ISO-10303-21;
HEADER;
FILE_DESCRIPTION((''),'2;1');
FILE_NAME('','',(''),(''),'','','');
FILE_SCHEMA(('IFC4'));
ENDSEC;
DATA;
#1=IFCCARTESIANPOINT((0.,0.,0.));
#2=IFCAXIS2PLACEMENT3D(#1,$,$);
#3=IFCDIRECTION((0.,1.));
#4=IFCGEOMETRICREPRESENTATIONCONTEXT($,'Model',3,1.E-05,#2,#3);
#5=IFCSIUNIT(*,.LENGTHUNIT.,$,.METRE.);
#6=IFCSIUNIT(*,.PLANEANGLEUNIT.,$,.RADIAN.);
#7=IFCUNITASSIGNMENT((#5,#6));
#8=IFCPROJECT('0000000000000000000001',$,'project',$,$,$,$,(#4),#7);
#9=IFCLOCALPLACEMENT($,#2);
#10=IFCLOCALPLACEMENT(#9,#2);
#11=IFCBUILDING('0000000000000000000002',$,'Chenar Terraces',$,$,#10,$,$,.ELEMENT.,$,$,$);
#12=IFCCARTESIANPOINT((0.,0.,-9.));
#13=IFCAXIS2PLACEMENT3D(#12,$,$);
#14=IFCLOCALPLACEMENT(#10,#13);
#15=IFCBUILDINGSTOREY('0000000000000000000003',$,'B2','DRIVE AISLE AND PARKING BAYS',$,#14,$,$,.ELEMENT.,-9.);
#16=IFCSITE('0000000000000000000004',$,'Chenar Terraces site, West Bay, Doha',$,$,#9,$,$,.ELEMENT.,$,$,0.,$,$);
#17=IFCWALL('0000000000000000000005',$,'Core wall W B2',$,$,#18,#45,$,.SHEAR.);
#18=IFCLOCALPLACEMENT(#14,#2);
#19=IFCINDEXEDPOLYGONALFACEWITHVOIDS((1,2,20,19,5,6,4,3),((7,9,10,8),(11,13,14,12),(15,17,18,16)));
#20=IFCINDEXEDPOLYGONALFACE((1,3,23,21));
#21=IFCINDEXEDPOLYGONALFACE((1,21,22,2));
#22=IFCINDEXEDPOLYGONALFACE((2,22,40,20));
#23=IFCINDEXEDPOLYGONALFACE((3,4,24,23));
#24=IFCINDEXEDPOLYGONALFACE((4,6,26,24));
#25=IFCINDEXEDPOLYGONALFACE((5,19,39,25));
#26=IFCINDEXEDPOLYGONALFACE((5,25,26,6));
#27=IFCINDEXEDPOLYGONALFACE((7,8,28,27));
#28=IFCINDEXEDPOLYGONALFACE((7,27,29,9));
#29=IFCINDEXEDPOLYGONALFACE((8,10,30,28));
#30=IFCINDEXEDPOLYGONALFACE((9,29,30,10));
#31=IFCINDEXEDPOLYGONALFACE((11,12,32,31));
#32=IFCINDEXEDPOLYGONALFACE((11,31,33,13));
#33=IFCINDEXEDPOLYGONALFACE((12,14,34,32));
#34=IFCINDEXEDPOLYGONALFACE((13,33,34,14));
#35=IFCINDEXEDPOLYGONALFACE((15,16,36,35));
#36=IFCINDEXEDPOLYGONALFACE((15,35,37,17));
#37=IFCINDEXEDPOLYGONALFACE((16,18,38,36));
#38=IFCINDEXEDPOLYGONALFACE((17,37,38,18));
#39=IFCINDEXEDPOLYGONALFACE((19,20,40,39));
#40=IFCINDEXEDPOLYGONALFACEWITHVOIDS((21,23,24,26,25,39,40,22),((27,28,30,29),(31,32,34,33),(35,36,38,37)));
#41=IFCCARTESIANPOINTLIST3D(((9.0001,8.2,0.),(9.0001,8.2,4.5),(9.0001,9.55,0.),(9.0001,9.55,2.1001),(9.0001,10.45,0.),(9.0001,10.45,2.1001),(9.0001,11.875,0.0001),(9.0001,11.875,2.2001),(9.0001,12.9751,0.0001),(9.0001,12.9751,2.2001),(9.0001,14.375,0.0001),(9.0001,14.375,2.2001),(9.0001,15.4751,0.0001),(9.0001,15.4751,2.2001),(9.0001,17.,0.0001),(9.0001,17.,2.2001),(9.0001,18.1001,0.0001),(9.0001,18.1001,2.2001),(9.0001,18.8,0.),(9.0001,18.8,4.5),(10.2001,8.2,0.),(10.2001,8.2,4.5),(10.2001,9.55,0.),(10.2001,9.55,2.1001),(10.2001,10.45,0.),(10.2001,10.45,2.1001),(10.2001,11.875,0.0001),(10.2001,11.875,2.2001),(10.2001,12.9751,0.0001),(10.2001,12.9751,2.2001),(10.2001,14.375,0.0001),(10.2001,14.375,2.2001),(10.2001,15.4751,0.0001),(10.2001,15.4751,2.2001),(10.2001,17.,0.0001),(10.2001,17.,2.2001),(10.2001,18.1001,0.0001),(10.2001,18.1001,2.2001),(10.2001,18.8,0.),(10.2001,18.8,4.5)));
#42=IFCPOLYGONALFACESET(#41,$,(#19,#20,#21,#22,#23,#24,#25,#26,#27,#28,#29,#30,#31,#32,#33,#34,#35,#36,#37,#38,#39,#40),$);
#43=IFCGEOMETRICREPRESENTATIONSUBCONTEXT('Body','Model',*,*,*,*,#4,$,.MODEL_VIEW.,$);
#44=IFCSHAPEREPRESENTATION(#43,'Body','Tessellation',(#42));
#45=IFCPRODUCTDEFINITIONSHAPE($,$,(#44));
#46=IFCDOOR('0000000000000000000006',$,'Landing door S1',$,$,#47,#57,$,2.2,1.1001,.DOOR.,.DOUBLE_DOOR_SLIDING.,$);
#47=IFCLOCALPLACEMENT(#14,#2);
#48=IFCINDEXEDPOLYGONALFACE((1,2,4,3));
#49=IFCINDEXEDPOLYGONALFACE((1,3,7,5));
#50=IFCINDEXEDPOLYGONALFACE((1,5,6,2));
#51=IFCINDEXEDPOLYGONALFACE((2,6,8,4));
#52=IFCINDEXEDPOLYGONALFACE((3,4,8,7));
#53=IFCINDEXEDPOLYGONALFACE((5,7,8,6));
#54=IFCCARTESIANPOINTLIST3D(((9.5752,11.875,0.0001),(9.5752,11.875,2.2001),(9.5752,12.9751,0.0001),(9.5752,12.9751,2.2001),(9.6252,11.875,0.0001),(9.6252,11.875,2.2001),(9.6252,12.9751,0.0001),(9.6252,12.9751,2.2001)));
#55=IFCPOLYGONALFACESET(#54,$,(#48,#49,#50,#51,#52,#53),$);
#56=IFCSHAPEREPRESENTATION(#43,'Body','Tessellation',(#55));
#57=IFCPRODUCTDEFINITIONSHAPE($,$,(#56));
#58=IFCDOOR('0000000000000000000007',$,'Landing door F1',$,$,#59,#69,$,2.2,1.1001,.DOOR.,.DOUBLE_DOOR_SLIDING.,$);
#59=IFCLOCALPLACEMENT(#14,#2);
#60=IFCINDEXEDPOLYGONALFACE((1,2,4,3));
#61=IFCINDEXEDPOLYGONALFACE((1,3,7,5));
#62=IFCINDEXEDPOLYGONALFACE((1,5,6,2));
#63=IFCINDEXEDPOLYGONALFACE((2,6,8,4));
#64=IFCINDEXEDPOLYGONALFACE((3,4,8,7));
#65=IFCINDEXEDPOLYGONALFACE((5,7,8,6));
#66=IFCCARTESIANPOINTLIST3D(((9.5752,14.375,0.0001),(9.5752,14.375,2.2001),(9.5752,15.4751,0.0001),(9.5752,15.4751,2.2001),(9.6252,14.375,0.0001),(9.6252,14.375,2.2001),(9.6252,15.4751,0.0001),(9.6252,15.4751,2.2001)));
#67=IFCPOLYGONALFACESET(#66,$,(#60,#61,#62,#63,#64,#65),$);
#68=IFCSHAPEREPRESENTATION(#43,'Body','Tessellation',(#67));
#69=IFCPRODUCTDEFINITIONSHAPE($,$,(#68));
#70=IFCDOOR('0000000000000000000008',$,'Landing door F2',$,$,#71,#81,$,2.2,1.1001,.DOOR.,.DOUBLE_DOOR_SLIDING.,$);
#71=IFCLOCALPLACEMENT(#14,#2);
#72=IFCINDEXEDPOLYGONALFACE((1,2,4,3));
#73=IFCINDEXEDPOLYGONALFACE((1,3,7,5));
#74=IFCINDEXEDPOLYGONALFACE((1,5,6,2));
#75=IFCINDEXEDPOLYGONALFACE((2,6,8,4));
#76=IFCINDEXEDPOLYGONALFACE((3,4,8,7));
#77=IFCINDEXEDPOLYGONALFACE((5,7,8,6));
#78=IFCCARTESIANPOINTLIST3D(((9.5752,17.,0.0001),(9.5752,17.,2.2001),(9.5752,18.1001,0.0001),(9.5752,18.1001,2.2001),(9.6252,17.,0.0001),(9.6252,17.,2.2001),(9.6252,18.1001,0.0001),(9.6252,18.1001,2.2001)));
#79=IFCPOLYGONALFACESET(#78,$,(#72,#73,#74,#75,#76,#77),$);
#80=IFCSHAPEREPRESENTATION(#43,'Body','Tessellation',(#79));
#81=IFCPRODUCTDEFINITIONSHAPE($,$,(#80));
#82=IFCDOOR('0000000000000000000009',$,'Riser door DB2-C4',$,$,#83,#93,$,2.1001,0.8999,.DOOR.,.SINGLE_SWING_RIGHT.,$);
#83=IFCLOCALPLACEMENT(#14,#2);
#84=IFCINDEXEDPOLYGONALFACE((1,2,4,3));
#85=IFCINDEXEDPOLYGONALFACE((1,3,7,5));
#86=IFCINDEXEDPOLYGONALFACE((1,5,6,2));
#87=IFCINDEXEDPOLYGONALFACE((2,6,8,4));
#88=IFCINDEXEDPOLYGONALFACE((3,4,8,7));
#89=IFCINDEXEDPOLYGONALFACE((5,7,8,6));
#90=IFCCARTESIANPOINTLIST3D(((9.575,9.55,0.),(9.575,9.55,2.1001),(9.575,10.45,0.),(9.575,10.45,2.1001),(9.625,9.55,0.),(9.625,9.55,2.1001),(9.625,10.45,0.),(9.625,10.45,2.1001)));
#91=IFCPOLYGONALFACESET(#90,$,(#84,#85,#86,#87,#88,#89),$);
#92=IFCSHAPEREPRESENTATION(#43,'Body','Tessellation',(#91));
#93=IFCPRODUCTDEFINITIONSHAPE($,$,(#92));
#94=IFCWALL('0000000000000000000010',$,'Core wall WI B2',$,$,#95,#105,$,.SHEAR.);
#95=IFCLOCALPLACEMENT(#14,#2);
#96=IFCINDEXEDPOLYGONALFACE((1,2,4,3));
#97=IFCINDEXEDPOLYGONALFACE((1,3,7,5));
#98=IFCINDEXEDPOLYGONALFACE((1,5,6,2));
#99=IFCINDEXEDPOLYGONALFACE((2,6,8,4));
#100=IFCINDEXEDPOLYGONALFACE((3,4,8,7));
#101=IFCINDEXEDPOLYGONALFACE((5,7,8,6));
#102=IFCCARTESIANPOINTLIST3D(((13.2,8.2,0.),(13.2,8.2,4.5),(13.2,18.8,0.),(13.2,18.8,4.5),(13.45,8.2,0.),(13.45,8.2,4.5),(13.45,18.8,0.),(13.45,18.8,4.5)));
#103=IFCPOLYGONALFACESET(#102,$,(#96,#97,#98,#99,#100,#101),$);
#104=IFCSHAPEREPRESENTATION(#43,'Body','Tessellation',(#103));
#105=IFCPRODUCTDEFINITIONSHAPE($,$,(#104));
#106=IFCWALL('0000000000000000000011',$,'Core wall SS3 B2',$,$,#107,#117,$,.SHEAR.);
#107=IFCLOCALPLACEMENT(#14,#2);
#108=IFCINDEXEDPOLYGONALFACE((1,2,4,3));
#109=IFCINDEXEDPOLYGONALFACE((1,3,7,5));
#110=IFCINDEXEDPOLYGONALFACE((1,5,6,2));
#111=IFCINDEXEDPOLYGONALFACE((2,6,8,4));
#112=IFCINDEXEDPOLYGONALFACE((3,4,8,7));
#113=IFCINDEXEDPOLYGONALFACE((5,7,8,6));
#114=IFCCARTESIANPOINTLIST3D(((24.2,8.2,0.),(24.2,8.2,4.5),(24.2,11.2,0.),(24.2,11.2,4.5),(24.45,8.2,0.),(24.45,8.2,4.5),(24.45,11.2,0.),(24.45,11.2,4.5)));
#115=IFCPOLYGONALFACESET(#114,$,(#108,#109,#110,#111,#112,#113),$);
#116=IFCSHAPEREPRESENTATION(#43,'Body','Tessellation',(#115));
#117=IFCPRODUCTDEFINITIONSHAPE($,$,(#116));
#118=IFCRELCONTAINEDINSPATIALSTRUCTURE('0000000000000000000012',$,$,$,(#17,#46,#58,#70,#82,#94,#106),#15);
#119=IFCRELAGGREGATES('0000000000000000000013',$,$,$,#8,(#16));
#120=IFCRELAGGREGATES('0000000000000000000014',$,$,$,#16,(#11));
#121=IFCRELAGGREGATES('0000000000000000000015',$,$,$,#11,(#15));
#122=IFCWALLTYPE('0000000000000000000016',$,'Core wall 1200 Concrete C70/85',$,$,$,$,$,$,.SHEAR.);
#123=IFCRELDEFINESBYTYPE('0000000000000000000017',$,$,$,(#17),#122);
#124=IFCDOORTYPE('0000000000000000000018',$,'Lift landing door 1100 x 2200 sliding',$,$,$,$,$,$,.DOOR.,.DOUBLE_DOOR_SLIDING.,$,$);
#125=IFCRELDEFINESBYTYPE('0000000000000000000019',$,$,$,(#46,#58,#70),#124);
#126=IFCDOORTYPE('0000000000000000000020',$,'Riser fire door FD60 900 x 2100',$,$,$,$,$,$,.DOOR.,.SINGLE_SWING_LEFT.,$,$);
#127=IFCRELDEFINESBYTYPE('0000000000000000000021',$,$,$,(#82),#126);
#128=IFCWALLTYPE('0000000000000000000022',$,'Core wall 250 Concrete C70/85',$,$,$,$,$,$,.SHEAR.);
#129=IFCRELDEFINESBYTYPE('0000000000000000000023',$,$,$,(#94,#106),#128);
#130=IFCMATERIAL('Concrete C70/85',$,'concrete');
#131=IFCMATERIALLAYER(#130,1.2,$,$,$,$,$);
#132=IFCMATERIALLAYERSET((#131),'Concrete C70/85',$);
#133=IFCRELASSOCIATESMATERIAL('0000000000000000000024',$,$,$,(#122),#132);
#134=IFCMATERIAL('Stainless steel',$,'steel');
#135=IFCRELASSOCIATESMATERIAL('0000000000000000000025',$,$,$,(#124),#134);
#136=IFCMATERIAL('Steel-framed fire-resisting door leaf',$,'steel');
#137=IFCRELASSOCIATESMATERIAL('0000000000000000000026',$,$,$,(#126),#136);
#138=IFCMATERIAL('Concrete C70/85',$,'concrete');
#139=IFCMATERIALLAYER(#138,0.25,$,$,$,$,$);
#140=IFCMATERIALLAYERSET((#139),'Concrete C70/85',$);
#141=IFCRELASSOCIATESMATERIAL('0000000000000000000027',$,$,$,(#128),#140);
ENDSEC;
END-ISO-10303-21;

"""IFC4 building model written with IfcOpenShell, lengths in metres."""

from ifc_helpers import new_model, si_unit, direction, frame, frame_2d, origin, place, context, subcontext, project, spatial, rectangle, extrude, material, layer, layer_set, type_object, element, fill, save


model = new_model("IFC4")

# Units and contexts
model_context = context("Model", 3, precision=1e-05, world=origin(), true_north=direction((0.0, 1.0)))
body_context = subcontext(model_context, "Body", "Model", "MODEL_VIEW")
ifc_project = project(units=[si_unit("LENGTHUNIT", "METRE"), si_unit("PLANEANGLEUNIT", "RADIAN")], contexts=[model_context])

# Site, building, storey
site_placement = place(None, origin())
site = spatial("IfcSite", under=ifc_project, at=site_placement, Name="Chenar Terraces site, West Bay, Doha", CompositionType="ELEMENT", RefElevation=0.0)
building_placement = place(site_placement, origin())
building = spatial("IfcBuilding", under=site, at=building_placement, Name="Chenar Terraces", CompositionType="ELEMENT")
storey_placement = place(building_placement, frame((0.0, 0.0, -9.0)))
storey = spatial("IfcBuildingStorey", under=building, at=storey_placement, Name="B2", Description="DRIVE AISLE AND PARKING BAYS", CompositionType="ELEMENT", Elevation=-9.0)

# Shared definitions
ifc_material_1 = material(Name="Concrete C70/85", Category="concrete")
ifc_layer_1 = layer(ifc_material_1, 1.2)
ifc_layer_set_1 = layer_set([ifc_layer_1], Name="Concrete C70/85")
wall_type_1 = type_object("IfcWallType", Name="Core wall 1200 Concrete C70/85", PredefinedType="SHEAR", material=ifc_layer_set_1)

# Wall, openings, doors
wall_1_placement = place(storey_placement, frame((9.6001, 8.2, 0.0), z_axis=(0.0, 0.0, 1.0), x_axis=(0.0, 1.0, 0.0)))
wall_1 = element("IfcWall", 1, at=wall_1_placement, inside=storey, type_object=wall_type_1, Name="Core wall W B2", PredefinedType="SHEAR", context=body_context, shape_type="SweptSolid", body=[
    extrude(rectangle(XDim=10.6001, YDim=1.2, at=frame_2d((5.3, 0.0))), origin(), (0.0, 0.0, 1.0), 4.5),
])
opening_1_placement = place(wall_1_placement, frame((3.675, 0.0, 0.0)))
opening_1 = element("IfcOpeningElement", 2, at=opening_1_placement, cuts=wall_1, PredefinedType="OPENING", context=body_context, shape_type="SweptSolid", body=[
    extrude(rectangle(XDim=1.1001, YDim=2.2, at=frame_2d((0.55, 1.1001))), frame((0.0, 0.6099, 0.0), z_axis=(0.0, -1.0, 0.0), x_axis=(1.0, 0.0, 0.0)), (0.0, 0.0, 1.0), 1.22),
])
opening_2_placement = place(wall_1_placement, frame((6.175, 0.0, 0.0)))
opening_2 = element("IfcOpeningElement", 3, at=opening_2_placement, cuts=wall_1, PredefinedType="OPENING", context=body_context, shape_type="SweptSolid", body=[
    extrude(rectangle(XDim=1.1001, YDim=2.2, at=frame_2d((0.55, 1.1001))), frame((0.0, 0.6099, 0.0), z_axis=(0.0, -1.0, 0.0), x_axis=(1.0, 0.0, 0.0)), (0.0, 0.0, 1.0), 1.22),
])
opening_3_placement = place(wall_1_placement, frame((8.8, 0.0, 0.0)))
opening_3 = element("IfcOpeningElement", 4, at=opening_3_placement, cuts=wall_1, PredefinedType="OPENING", context=body_context, shape_type="SweptSolid", body=[
    extrude(rectangle(XDim=1.1001, YDim=2.2, at=frame_2d((0.55, 1.1001))), frame((0.0, 0.6099, 0.0), z_axis=(0.0, -1.0, 0.0), x_axis=(1.0, 0.0, 0.0)), (0.0, 0.0, 1.0), 1.22),
])
opening_4_placement = place(wall_1_placement, frame((1.3501, 0.0, 0.0)))
opening_4 = element("IfcOpeningElement", 5, at=opening_4_placement, cuts=wall_1, PredefinedType="OPENING", context=body_context, shape_type="SweptSolid", body=[
    extrude(rectangle(XDim=0.8999, YDim=2.1001, at=frame_2d((0.45, 1.05))), frame((0.0, 0.6099, 0.0), z_axis=(0.0, -1.0, 0.0), x_axis=(1.0, 0.0, 0.0)), (0.0, 0.0, 1.0), 1.22),
])
ifc_material_2 = material(Name="Stainless steel", Category="steel")
door_type_1 = type_object("IfcDoorType", Name="Lift landing door 1100 x 2200 sliding", OperationType="DOUBLE_DOOR_SLIDING", PredefinedType="DOOR", material=ifc_material_2)
door_1_placement = place(opening_1_placement, origin())
door_1 = element("IfcDoor", 6, at=door_1_placement, inside=storey, type_object=door_type_1, Name="Landing door S1", OperationType="DOUBLE_DOOR_SLIDING", OverallHeight=2.2, OverallWidth=1.1001, PredefinedType="DOOR", context=body_context, shape_type="SweptSolid", body=[
    extrude(rectangle(XDim=1.1001, YDim=2.2, at=frame_2d((0.55, 1.1001))), frame((0.0, 0.0249, 0.0), z_axis=(0.0, -1.0, 0.0), x_axis=(1.0, 0.0, 0.0)), (0.0, 0.0, 1.0), 0.05),
])
fill(opening_1, door_1)
door_2_placement = place(opening_2_placement, origin())
door_2 = element("IfcDoor", 7, at=door_2_placement, inside=storey, type_object=door_type_1, Name="Landing door F1", OperationType="DOUBLE_DOOR_SLIDING", OverallHeight=2.2, OverallWidth=1.1001, PredefinedType="DOOR", context=body_context, shape_type="SweptSolid", body=[
    extrude(rectangle(XDim=1.1001, YDim=2.2, at=frame_2d((0.55, 1.1001))), frame((0.0, 0.0249, 0.0), z_axis=(0.0, -1.0, 0.0), x_axis=(1.0, 0.0, 0.0)), (0.0, 0.0, 1.0), 0.05),
])
fill(opening_2, door_2)
door_3_placement = place(opening_3_placement, origin())
door_3 = element("IfcDoor", 8, at=door_3_placement, inside=storey, type_object=door_type_1, Name="Landing door F2", OperationType="DOUBLE_DOOR_SLIDING", OverallHeight=2.2, OverallWidth=1.1001, PredefinedType="DOOR", context=body_context, shape_type="SweptSolid", body=[
    extrude(rectangle(XDim=1.1001, YDim=2.2, at=frame_2d((0.55, 1.1001))), frame((0.0, 0.0249, 0.0), z_axis=(0.0, -1.0, 0.0), x_axis=(1.0, 0.0, 0.0)), (0.0, 0.0, 1.0), 0.05),
])
fill(opening_3, door_3)
ifc_material_3 = material(Name="Steel-framed fire-resisting door leaf", Category="steel")
door_type_2 = type_object("IfcDoorType", Name="Riser fire door FD60 900 x 2100", OperationType="SINGLE_SWING_LEFT", PredefinedType="DOOR", material=ifc_material_3)
door_4_placement = place(opening_4_placement, frame((0.8999, 0.0, 0.0), z_axis=(0.0, 0.0, 1.0), x_axis=(-1.0, 0.0, 0.0)))
door_4 = element("IfcDoor", 9, at=door_4_placement, inside=storey, type_object=door_type_2, Name="Riser door DB2-C4", OperationType="SINGLE_SWING_RIGHT", OverallHeight=2.1001, OverallWidth=0.8999, PredefinedType="DOOR", context=body_context, shape_type="SweptSolid", body=[
    extrude(rectangle(XDim=0.8999, YDim=2.1001, at=frame_2d((0.45, 1.05))), frame((0.0, 0.0249, 0.0), z_axis=(0.0, -1.0, 0.0), x_axis=(1.0, 0.0, 0.0)), (0.0, 0.0, 1.0), 0.05),
])
fill(opening_4, door_4)

# Walls
ifc_material_4 = material(Name="Concrete C70/85", Category="concrete")
ifc_layer_2 = layer(ifc_material_4, 0.25)
ifc_layer_set_2 = layer_set([ifc_layer_2], Name="Concrete C70/85")
wall_type_2 = type_object("IfcWallType", Name="Core wall 250 Concrete C70/85", PredefinedType="SHEAR", material=ifc_layer_set_2)
wall_2_placement = place(storey_placement, frame((13.325, 8.2, 0.0), z_axis=(0.0, 0.0, 1.0), x_axis=(0.0, 1.0, 0.0)))
element("IfcWall", 10, at=wall_2_placement, inside=storey, type_object=wall_type_2, Name="Core wall WI B2", PredefinedType="SHEAR", context=body_context, shape_type="SweptSolid", body=[
    extrude(rectangle(XDim=10.6001, YDim=0.25, at=frame_2d((5.3, 0.0))), origin(), (0.0, 0.0, 1.0), 4.5),
])
wall_3_placement = place(storey_placement, frame((24.325, 8.2, 0.0), z_axis=(0.0, 0.0, 1.0), x_axis=(0.0, 1.0, 0.0)))
element("IfcWall", 11, at=wall_3_placement, inside=storey, type_object=wall_type_2, Name="Core wall SS3 B2", PredefinedType="SHEAR", context=body_context, shape_type="SweptSolid", body=[
    extrude(rectangle(XDim=3.0, YDim=0.25, at=frame_2d((1.5, 0.0))), origin(), (0.0, 0.0, 1.0), 4.5),
])

save(model, "model.ifc")
